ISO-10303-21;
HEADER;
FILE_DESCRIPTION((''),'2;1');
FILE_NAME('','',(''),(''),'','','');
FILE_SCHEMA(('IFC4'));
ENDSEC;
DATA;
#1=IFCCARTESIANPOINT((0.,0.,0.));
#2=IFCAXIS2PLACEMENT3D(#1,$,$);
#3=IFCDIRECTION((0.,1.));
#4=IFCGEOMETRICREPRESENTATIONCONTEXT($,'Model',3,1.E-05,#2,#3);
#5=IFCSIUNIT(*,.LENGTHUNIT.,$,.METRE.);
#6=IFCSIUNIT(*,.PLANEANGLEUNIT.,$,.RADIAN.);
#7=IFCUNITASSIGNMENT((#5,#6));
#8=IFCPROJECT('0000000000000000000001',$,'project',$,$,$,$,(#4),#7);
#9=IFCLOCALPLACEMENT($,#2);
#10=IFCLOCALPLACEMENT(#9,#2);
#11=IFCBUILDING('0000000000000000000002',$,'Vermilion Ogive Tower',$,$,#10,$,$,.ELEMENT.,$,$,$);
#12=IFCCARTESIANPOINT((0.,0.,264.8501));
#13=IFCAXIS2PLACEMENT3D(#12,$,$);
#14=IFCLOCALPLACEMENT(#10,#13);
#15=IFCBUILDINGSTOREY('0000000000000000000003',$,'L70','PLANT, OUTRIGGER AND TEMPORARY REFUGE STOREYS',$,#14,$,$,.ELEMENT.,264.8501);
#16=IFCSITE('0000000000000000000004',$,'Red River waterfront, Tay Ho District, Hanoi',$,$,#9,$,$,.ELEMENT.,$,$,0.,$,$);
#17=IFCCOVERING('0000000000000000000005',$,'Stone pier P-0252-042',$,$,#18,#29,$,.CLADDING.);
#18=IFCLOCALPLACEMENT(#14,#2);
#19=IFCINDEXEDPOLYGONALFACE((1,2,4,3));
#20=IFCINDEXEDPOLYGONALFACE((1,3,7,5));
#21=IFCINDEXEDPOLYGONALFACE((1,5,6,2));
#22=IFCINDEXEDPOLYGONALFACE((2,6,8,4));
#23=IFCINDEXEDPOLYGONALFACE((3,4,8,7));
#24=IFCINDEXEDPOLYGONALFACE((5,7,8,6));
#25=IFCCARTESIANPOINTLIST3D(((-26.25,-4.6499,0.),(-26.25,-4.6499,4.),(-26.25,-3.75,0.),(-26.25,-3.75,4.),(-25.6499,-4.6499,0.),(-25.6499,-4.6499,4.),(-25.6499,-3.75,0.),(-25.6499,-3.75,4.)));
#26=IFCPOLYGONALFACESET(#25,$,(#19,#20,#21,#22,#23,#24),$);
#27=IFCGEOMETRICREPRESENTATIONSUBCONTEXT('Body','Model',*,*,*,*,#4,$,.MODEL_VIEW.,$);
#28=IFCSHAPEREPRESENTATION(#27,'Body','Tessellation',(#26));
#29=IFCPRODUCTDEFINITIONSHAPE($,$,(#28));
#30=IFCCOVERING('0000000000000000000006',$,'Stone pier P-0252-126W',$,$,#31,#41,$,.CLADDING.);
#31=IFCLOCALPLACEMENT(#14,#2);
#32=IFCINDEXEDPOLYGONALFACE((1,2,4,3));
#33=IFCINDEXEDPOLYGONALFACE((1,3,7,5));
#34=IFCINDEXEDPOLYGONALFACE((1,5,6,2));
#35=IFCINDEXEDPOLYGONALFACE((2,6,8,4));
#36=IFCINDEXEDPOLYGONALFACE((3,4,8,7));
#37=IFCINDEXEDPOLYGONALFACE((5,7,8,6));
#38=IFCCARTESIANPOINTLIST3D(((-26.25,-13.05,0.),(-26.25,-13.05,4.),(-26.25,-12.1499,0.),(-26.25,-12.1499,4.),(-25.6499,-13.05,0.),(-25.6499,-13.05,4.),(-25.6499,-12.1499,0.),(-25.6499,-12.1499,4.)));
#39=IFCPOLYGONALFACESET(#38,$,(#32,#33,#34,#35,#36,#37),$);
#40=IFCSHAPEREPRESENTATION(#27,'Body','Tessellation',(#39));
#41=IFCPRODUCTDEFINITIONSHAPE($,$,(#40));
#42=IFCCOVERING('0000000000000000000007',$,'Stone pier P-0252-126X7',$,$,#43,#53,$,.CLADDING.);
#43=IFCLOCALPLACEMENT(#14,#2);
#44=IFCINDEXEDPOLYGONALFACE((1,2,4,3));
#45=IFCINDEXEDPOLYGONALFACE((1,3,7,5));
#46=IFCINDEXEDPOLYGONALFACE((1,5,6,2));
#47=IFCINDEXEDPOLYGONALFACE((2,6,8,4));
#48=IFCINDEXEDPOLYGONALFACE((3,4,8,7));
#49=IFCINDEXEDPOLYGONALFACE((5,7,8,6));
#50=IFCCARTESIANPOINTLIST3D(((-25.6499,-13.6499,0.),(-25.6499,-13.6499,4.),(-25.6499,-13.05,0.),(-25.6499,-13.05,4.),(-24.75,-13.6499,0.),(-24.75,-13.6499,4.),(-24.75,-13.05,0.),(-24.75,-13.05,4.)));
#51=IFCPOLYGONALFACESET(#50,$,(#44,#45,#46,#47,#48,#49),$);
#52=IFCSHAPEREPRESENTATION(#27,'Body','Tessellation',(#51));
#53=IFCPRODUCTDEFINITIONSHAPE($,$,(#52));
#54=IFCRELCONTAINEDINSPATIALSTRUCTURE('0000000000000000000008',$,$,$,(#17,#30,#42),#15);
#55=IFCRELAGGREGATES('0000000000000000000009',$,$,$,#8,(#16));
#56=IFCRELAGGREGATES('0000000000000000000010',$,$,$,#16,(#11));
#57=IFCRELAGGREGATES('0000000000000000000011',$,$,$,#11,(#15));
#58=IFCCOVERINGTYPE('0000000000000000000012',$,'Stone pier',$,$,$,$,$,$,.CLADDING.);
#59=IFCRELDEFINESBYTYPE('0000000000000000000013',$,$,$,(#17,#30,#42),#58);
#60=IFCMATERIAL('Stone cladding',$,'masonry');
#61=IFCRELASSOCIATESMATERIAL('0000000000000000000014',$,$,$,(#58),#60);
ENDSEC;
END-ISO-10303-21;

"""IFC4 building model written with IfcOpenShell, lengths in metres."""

from ifc_helpers import new_model, si_unit, direction, frame, origin, place, context, subcontext, project, spatial, polyline, outline, extrude, material, type_object, element, save


model = new_model("IFC4")

# Units and contexts
model_context = context("Model", 3, precision=1e-05, world=origin(), true_north=direction((0.0, 1.0)))
body_context = subcontext(model_context, "Body", "Model", "MODEL_VIEW")
ifc_project = project(units=[si_unit("LENGTHUNIT", "METRE"), si_unit("PLANEANGLEUNIT", "RADIAN")], contexts=[model_context])

# Site, building, storey
site_placement = place(None, origin())
site = spatial("IfcSite", under=ifc_project, at=site_placement, Name="Red River waterfront, Tay Ho District, Hanoi", CompositionType="ELEMENT", RefElevation=0.0)
building_placement = place(site_placement, origin())
building = spatial("IfcBuilding", under=site, at=building_placement, Name="Vermilion Ogive Tower", CompositionType="ELEMENT")
storey_placement = place(building_placement, frame((0.0, 0.0, 264.8501)))
storey = spatial("IfcBuildingStorey", under=building, at=storey_placement, Name="L70", Description="PLANT, OUTRIGGER AND TEMPORARY REFUGE STOREYS", CompositionType="ELEMENT", Elevation=264.8501)

# Coverings
ifc_material_1 = material(Name="Stone cladding", Category="masonry")
covering_type = type_object("IfcCoveringType", Name="Stone pier", PredefinedType="CLADDING", material=ifc_material_1)
covering_1_placement = place(storey_placement, origin())
element("IfcCovering", 1, at=covering_1_placement, inside=storey, type_object=covering_type, Name="Stone pier P-0252-042", PredefinedType="CLADDING", context=body_context, shape_type="SweptSolid", body=[
    extrude(outline(polyline([(-26.25, -4.6499), (-26.25, -3.75), (-25.6499, -3.75), (-25.6499, -4.6499), (-26.25, -4.6499)])), origin(), (0.0, 0.0, 1.0), 4.0),
])
covering_2_placement = place(storey_placement, origin())
element("IfcCovering", 2, at=covering_2_placement, inside=storey, type_object=covering_type, Name="Stone pier P-0252-126W", PredefinedType="CLADDING", context=body_context, shape_type="SweptSolid", body=[
    extrude(outline(polyline([(-26.25, -13.05), (-26.25, -12.1499), (-25.6499, -12.1499), (-25.6499, -13.05), (-26.25, -13.05)])), origin(), (0.0, 0.0, 1.0), 4.0),
])
covering_3_placement = place(storey_placement, origin())
element("IfcCovering", 3, at=covering_3_placement, inside=storey, type_object=covering_type, Name="Stone pier P-0252-126X7", PredefinedType="CLADDING", context=body_context, shape_type="SweptSolid", body=[
    extrude(outline(polyline([(-25.6499, -13.6499), (-25.6499, -13.05), (-24.75, -13.05), (-24.75, -13.6499), (-25.6499, -13.6499)])), origin(), (0.0, 0.0, 1.0), 4.0),
])

save(model, "model.ifc")
